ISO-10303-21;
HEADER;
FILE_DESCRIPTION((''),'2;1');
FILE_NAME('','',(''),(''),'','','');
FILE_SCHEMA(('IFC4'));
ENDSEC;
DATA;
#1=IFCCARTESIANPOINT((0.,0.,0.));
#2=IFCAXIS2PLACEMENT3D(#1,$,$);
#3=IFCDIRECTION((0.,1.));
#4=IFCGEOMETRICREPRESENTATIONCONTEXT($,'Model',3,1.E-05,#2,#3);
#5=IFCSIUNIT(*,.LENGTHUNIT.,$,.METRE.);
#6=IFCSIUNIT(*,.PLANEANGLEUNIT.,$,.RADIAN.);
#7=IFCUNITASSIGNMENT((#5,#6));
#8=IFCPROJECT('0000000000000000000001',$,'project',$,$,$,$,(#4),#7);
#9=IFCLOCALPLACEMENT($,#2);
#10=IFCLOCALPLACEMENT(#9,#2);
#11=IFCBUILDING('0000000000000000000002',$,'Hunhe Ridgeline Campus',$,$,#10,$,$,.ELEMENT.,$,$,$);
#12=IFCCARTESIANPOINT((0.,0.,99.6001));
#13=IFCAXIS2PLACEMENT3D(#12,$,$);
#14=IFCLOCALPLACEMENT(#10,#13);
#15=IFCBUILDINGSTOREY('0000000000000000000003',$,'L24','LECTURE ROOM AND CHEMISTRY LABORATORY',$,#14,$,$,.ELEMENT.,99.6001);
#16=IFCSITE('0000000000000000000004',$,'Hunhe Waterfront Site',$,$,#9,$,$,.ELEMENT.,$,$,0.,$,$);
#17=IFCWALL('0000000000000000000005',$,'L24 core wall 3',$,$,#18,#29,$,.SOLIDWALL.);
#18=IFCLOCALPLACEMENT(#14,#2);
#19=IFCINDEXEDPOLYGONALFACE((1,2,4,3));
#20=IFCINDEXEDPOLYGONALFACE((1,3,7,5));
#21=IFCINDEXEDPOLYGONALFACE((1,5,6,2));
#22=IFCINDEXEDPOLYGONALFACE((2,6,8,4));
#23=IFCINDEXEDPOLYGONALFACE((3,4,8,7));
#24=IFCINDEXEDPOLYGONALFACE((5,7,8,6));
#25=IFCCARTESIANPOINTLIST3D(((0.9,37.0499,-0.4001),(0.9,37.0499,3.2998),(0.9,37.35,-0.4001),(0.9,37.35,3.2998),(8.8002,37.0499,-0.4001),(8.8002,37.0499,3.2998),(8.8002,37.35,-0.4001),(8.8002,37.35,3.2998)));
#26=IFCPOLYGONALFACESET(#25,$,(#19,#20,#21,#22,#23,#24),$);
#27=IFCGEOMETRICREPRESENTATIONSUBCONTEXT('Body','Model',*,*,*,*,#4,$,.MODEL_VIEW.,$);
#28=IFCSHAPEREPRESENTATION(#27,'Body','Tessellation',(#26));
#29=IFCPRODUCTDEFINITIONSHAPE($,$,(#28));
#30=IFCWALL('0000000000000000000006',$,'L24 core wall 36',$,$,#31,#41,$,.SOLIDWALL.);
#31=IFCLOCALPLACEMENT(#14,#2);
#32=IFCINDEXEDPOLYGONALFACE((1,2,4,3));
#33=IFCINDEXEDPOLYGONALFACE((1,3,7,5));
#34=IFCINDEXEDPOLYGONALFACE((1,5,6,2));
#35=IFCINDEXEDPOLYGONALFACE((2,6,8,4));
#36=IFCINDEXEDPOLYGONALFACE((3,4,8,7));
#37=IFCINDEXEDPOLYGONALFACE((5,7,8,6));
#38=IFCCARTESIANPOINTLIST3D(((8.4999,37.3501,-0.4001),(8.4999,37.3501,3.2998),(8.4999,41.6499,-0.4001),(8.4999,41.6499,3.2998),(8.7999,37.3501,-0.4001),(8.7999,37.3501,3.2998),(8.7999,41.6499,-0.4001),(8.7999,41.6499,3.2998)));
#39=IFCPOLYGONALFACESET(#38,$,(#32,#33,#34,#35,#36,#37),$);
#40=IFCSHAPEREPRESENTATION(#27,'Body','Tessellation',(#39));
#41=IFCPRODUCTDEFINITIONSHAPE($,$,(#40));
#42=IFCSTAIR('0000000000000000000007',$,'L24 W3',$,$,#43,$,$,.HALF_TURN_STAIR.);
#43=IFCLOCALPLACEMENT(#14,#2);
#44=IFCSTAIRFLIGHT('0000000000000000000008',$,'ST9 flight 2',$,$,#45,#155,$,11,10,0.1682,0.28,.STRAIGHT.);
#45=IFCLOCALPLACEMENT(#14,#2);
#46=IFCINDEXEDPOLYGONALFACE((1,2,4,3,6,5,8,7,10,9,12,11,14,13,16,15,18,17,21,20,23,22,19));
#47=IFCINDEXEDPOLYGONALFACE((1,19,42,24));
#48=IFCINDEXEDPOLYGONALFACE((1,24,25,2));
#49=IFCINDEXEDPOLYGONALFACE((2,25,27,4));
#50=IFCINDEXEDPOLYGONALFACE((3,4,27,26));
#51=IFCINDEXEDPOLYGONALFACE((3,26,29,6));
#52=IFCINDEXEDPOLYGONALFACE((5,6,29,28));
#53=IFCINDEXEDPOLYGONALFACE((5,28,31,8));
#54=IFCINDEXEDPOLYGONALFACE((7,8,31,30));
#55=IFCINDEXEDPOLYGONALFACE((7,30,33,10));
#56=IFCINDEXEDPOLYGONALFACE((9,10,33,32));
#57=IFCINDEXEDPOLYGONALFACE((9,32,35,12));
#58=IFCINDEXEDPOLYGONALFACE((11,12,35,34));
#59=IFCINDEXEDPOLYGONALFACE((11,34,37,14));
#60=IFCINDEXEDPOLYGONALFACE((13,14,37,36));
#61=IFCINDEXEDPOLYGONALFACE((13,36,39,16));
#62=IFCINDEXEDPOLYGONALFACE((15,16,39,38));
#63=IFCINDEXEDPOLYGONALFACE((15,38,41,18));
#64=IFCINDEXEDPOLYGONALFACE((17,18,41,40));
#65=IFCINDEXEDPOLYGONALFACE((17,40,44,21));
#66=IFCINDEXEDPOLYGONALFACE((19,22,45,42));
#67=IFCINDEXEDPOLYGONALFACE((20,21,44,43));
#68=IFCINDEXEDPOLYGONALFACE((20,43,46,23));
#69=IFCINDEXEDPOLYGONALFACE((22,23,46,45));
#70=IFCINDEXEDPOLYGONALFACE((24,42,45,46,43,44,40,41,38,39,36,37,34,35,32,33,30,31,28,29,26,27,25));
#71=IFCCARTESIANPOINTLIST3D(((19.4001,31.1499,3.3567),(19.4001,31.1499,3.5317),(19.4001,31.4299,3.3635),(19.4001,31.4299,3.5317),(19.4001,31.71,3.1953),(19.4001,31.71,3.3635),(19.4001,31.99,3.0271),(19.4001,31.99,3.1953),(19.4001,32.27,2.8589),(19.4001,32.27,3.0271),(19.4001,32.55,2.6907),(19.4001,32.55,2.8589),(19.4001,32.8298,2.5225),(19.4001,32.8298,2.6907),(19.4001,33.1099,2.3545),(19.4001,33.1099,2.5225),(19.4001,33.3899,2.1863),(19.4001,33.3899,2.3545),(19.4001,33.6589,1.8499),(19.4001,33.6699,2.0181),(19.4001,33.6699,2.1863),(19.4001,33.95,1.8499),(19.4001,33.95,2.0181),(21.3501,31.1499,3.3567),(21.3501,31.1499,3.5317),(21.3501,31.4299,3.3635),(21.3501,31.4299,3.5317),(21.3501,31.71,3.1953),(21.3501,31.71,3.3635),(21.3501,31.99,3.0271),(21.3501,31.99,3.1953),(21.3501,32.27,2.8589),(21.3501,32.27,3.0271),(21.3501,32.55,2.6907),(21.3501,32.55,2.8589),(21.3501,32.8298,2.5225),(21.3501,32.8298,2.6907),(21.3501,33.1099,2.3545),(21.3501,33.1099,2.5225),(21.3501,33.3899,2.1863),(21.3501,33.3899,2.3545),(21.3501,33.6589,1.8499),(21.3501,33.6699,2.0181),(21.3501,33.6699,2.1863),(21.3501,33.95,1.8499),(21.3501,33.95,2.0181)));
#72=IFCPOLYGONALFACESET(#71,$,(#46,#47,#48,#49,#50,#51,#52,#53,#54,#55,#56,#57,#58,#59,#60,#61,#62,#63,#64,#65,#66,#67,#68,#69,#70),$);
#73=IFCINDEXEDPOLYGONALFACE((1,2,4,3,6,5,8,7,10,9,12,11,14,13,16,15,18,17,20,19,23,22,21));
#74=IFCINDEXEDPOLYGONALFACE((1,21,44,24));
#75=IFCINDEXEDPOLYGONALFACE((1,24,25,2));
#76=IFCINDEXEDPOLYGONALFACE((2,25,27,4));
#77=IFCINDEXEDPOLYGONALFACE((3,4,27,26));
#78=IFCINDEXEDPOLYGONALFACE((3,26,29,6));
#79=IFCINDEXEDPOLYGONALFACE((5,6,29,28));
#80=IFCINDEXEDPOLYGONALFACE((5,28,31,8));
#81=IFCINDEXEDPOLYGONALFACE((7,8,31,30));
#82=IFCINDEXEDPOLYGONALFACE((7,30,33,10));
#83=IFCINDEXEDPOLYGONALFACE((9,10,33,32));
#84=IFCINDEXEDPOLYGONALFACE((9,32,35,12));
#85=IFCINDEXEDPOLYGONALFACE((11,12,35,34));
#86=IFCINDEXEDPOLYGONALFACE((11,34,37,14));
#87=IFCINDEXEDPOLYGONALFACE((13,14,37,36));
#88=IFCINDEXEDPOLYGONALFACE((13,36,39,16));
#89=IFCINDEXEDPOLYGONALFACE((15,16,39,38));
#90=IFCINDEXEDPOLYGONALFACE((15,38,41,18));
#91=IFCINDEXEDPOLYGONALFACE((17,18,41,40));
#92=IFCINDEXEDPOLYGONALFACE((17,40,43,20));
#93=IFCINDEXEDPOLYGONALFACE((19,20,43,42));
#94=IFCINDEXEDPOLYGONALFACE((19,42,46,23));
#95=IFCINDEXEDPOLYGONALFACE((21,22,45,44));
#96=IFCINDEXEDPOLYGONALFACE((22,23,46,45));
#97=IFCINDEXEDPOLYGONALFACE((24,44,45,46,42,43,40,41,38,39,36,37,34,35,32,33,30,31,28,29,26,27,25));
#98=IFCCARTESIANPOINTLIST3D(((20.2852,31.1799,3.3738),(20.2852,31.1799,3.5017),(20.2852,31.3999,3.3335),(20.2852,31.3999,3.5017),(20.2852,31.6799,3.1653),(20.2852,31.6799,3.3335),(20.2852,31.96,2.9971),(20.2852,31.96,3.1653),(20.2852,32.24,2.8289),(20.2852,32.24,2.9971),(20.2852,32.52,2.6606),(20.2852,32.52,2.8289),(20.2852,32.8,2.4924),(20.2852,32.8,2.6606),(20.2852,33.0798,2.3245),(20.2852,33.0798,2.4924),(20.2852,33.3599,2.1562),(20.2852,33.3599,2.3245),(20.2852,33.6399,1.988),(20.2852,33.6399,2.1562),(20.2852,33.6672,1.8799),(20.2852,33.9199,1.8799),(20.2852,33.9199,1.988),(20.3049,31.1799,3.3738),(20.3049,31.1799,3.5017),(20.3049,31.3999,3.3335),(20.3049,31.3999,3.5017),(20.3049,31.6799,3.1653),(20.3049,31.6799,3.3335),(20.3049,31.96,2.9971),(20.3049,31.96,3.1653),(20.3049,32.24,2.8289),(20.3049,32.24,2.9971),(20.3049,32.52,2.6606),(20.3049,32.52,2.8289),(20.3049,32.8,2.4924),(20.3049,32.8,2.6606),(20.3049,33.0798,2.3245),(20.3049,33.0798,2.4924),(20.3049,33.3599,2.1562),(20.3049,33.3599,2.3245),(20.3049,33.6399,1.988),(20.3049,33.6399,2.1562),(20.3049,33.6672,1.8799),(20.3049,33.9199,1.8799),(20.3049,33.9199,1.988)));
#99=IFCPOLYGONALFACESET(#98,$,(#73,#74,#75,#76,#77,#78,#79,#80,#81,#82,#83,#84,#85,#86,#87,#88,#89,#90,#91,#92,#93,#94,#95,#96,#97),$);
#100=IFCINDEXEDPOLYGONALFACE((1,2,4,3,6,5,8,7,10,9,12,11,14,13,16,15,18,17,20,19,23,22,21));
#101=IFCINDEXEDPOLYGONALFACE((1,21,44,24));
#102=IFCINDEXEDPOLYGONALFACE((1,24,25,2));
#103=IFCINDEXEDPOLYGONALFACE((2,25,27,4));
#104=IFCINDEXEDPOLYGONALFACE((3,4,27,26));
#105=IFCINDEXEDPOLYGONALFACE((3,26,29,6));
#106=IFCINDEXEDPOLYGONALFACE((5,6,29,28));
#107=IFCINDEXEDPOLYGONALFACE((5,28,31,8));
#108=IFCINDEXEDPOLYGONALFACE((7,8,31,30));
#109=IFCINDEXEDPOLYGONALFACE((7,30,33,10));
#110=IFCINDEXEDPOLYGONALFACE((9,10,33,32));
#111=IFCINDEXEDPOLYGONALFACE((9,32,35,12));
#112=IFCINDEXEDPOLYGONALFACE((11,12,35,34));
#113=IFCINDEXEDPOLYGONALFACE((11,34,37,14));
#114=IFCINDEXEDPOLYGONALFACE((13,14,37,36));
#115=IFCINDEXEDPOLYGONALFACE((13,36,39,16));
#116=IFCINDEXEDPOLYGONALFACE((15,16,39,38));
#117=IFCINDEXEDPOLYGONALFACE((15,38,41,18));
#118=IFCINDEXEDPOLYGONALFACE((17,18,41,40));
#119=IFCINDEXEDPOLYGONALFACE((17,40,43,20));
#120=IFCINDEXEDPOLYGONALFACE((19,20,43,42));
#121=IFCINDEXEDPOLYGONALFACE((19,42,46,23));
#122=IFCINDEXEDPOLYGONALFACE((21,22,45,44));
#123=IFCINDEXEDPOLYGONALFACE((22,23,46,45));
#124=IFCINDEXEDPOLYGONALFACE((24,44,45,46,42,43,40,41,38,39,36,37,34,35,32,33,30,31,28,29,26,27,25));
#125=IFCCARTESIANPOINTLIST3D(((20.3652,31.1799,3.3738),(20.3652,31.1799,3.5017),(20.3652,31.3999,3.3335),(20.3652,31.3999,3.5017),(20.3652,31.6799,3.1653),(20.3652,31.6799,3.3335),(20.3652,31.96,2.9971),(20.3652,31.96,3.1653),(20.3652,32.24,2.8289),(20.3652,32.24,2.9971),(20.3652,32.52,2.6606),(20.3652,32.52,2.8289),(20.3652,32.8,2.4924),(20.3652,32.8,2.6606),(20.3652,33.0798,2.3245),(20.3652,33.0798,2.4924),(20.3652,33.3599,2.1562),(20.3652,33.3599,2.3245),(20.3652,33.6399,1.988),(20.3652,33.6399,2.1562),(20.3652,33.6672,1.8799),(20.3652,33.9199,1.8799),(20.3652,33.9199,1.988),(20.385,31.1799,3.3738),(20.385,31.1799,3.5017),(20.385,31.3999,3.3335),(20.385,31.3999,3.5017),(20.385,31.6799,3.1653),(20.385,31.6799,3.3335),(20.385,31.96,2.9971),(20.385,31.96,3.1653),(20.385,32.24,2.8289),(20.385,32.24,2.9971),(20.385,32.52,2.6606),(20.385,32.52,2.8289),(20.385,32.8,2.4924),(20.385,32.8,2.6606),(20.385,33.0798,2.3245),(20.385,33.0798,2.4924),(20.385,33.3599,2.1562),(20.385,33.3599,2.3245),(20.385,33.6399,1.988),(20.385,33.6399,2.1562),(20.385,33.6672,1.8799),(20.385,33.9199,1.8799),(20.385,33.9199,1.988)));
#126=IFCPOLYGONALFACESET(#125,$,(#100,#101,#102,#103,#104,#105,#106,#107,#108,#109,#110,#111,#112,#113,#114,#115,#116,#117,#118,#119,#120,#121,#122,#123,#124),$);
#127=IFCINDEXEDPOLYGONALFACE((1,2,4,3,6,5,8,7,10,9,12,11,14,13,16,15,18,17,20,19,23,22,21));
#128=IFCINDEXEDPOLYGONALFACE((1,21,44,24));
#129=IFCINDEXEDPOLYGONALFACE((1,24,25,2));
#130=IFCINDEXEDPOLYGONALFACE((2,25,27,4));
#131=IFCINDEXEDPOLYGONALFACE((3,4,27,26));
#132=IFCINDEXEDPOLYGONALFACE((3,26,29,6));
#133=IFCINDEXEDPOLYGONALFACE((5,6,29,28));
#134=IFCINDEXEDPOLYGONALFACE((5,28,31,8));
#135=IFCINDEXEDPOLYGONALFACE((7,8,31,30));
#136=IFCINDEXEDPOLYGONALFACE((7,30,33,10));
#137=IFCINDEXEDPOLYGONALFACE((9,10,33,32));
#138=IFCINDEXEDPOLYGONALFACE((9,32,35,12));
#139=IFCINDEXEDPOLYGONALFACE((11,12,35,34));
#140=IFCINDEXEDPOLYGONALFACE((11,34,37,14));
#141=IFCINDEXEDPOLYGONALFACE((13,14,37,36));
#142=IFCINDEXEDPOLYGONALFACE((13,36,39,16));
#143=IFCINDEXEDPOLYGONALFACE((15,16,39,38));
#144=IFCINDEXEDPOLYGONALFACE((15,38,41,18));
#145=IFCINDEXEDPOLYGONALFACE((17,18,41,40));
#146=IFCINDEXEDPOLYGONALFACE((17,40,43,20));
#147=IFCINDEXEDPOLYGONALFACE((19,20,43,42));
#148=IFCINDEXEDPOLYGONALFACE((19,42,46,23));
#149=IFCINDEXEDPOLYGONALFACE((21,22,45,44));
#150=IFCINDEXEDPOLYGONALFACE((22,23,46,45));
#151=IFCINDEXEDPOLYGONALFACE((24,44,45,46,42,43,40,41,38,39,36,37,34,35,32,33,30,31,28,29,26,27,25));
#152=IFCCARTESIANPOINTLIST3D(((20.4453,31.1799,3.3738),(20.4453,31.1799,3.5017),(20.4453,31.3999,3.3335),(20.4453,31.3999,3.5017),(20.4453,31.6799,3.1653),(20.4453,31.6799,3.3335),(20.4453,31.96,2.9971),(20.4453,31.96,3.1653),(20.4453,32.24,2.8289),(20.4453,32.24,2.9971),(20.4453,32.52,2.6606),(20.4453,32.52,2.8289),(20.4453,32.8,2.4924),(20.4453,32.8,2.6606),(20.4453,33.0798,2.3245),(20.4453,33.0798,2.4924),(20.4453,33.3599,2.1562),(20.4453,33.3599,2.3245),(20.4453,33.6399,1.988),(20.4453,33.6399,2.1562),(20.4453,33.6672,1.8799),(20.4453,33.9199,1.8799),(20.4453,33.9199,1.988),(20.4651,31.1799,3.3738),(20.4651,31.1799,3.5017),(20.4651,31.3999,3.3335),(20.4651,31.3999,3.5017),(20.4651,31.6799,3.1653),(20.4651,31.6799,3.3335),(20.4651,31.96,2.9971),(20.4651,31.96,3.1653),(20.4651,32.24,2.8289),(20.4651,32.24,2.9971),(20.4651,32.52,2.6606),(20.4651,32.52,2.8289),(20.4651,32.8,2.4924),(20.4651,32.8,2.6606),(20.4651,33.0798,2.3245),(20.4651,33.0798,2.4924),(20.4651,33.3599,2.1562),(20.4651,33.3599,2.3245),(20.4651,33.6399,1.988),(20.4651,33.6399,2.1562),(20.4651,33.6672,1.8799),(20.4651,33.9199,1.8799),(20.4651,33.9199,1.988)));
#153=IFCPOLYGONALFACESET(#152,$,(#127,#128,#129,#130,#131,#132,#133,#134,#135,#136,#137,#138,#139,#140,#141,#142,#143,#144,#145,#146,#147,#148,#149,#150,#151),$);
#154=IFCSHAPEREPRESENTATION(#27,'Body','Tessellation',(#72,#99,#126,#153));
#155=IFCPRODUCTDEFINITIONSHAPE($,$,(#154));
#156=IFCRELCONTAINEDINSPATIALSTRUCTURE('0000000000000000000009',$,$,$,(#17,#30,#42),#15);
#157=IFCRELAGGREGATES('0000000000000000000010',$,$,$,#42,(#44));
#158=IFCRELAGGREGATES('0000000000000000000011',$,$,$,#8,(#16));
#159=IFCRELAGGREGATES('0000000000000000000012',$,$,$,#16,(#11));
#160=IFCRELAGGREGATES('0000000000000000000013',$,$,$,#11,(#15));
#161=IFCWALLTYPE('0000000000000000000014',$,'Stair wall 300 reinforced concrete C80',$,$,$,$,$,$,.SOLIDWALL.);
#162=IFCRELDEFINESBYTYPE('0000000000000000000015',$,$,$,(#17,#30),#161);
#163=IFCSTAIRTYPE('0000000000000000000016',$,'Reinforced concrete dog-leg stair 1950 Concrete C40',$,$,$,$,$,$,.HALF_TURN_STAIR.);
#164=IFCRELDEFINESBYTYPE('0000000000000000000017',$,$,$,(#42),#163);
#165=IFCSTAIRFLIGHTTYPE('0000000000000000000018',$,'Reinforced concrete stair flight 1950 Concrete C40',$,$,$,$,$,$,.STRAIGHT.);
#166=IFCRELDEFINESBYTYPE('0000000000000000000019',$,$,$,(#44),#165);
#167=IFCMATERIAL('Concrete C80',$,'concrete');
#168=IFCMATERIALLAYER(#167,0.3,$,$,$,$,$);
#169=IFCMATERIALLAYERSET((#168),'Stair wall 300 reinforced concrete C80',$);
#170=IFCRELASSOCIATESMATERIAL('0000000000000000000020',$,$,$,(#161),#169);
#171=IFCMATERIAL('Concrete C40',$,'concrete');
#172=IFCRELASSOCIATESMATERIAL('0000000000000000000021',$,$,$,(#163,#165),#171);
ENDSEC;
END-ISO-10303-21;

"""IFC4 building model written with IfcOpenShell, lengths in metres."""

from ifc_helpers import new_model, si_unit, direction, frame, frame_2d, origin, place, context, subcontext, project, spatial, polyline, rectangle, outline, extrude, material, layer, layer_set, type_object, element, aggregate, save


model = new_model("IFC4")

# Units and contexts
model_context = context("Model", 3, precision=1e-05, world=origin(), true_north=direction((0.0, 1.0)))
body_context = subcontext(model_context, "Body", "Model", "MODEL_VIEW")
ifc_project = project(units=[si_unit("LENGTHUNIT", "METRE"), si_unit("PLANEANGLEUNIT", "RADIAN")], contexts=[model_context])

# Site, building, storey
site_placement = place(None, origin())
site = spatial("IfcSite", under=ifc_project, at=site_placement, Name="Hunhe Waterfront Site", CompositionType="ELEMENT", RefElevation=0.0)
building_placement = place(site_placement, origin())
building = spatial("IfcBuilding", under=site, at=building_placement, Name="Hunhe Ridgeline Campus", CompositionType="ELEMENT")
storey_placement = place(building_placement, frame((0.0, 0.0, 99.6001)))
storey = spatial("IfcBuildingStorey", under=building, at=storey_placement, Name="L24", Description="LECTURE ROOM AND CHEMISTRY LABORATORY", CompositionType="ELEMENT", Elevation=99.6001)

# Wall
ifc_material_1 = material(Name="Concrete C80", Category="concrete")
ifc_layer_1 = layer(ifc_material_1, 0.3)
ifc_layer_set_1 = layer_set([ifc_layer_1], Name="Stair wall 300 reinforced concrete C80")
wall_type_1 = type_object("IfcWallType", Name="Stair wall 300 reinforced concrete C80", PredefinedType="SOLIDWALL", material=ifc_layer_set_1)
wall_1_placement = place(storey_placement, frame((0.8999, 37.2, -0.4001), z_axis=(0.0, 0.0, 1.0), x_axis=(1.0, 0.0, 0.0)))
element("IfcWall", 1, at=wall_1_placement, inside=storey, type_object=wall_type_1, Name="L24 core wall 3", PredefinedType="SOLIDWALL", context=body_context, shape_type="SweptSolid", body=[
    extrude(rectangle(XDim=7.9001, YDim=0.3, at=frame_2d((3.9502, 0.0))), origin(), (0.0, 0.0, 1.0), 3.7),
])

# Wall
wall_2_placement = place(storey_placement, frame((8.6499, 37.3501, -0.4001), z_axis=(0.0, 0.0, 1.0), x_axis=(0.0, 1.0, 0.0)))
element("IfcWall", 2, at=wall_2_placement, inside=storey, type_object=wall_type_1, Name="L24 core wall 36", PredefinedType="SOLIDWALL", context=body_context, shape_type="SweptSolid", body=[
    extrude(rectangle(XDim=4.2998, YDim=0.3, at=frame_2d((2.1499, 0.0))), origin(), (0.0, 0.0, 1.0), 3.7),
])

# Stair, stair flight
ifc_material_2 = material(Name="Concrete C40", Category="concrete")
stair_type = type_object("IfcStairType", Name="Reinforced concrete dog-leg stair 1950 Concrete C40", PredefinedType="HALF_TURN_STAIR", material=ifc_material_2)
stair_1_placement = place(storey_placement, origin())
stair_1 = element("IfcStair", 3, at=stair_1_placement, inside=storey, type_object=stair_type, Name="L24 W3", PredefinedType="HALF_TURN_STAIR")
stair_flight_type = type_object("IfcStairFlightType", Name="Reinforced concrete stair flight 1950 Concrete C40", PredefinedType="STRAIGHT", material=ifc_material_2)
stair_flight_1_placement = place(storey_placement, frame((20.375, 33.95, 1.8499), z_axis=(0.0, 0.0, 1.0), x_axis=(0.0, -1.0, 0.0)))
stair_flight_1 = element("IfcStairFlight", 4, at=stair_flight_1_placement, type_object=stair_flight_type, Name="ST9 flight 2", NumberOfRisers=11, NumberOfTreads=10, PredefinedType="STRAIGHT", RiserHeight=0.1682, TreadLength=0.28, context=body_context, shape_type="SweptSolid", body=[
    extrude(outline(polyline([(0.0, 0.0), (0.0, 0.1682), (0.28, 0.1682), (0.28, 0.3364), (0.5601, 0.3364), (0.5601, 0.5046), (0.8401, 0.5046), (0.8401, 0.6726), (1.1201, 0.6726), (1.1201, 0.8408), (1.3999, 0.8408), (1.3999, 1.009), (1.6799, 1.009), (1.6799, 1.1772), (1.96, 1.1772), (1.96, 1.3455), (2.24, 1.3455), (2.24, 1.5137), (2.52, 1.5137), (2.52, 1.6819), (2.8, 1.6819), (2.8, 1.8501), (2.8, 1.5068), (0.291, 0.0), (0.0, 0.0)])), frame((0.0, 0.9751, 0.0), z_axis=(0.0, -1.0, 0.0), x_axis=(1.0, 0.0, 0.0)), (0.0, 0.0, 1.0), 1.95),
    extrude(outline(polyline([(0.03, 0.03), (0.03, 0.1382), (0.3101, 0.1382), (0.3101, 0.3064), (0.5901, 0.3064), (0.5901, 0.4746), (0.8701, 0.4746), (0.8701, 0.6426), (1.1499, 0.6426), (1.1499, 0.8108), (1.4299, 0.8108), (1.4299, 0.979), (1.71, 0.979), (1.71, 1.1472), (1.99, 1.1472), (1.99, 1.3154), (2.27, 1.3154), (2.27, 1.4836), (2.55, 1.4836), (2.55, 1.6519), (2.77, 1.6519), (2.77, 1.5239), (0.2827, 0.03), (0.03, 0.03)])), frame((0.0, -0.0701, 0.0), z_axis=(0.0, -1.0, 0.0), x_axis=(1.0, 0.0, 0.0)), (0.0, 0.0, 1.0), 0.0198),
    extrude(outline(polyline([(0.03, 0.03), (0.03, 0.1382), (0.3101, 0.1382), (0.3101, 0.3064), (0.5901, 0.3064), (0.5901, 0.4746), (0.8701, 0.4746), (0.8701, 0.6426), (1.1499, 0.6426), (1.1499, 0.8108), (1.4299, 0.8108), (1.4299, 0.979), (1.71, 0.979), (1.71, 1.1472), (1.99, 1.1472), (1.99, 1.3154), (2.27, 1.3154), (2.27, 1.4836), (2.55, 1.4836), (2.55, 1.6519), (2.77, 1.6519), (2.77, 1.5239), (0.2827, 0.03), (0.03, 0.03)])), frame((0.0, 0.01, 0.0), z_axis=(0.0, -1.0, 0.0), x_axis=(1.0, 0.0, 0.0)), (0.0, 0.0, 1.0), 0.0198),
    extrude(outline(polyline([(0.03, 0.03), (0.03, 0.1382), (0.3101, 0.1382), (0.3101, 0.3064), (0.5901, 0.3064), (0.5901, 0.4746), (0.8701, 0.4746), (0.8701, 0.6426), (1.1499, 0.6426), (1.1499, 0.8108), (1.4299, 0.8108), (1.4299, 0.979), (1.71, 0.979), (1.71, 1.1472), (1.99, 1.1472), (1.99, 1.3154), (2.27, 1.3154), (2.27, 1.4836), (2.55, 1.4836), (2.55, 1.6519), (2.77, 1.6519), (2.77, 1.5239), (0.2827, 0.03), (0.03, 0.03)])), frame((0.0, 0.0901, 0.0), z_axis=(0.0, -1.0, 0.0), x_axis=(1.0, 0.0, 0.0)), (0.0, 0.0, 1.0), 0.0198),
])
aggregate(stair_1, [stair_flight_1])

save(model, "model.ifc")
